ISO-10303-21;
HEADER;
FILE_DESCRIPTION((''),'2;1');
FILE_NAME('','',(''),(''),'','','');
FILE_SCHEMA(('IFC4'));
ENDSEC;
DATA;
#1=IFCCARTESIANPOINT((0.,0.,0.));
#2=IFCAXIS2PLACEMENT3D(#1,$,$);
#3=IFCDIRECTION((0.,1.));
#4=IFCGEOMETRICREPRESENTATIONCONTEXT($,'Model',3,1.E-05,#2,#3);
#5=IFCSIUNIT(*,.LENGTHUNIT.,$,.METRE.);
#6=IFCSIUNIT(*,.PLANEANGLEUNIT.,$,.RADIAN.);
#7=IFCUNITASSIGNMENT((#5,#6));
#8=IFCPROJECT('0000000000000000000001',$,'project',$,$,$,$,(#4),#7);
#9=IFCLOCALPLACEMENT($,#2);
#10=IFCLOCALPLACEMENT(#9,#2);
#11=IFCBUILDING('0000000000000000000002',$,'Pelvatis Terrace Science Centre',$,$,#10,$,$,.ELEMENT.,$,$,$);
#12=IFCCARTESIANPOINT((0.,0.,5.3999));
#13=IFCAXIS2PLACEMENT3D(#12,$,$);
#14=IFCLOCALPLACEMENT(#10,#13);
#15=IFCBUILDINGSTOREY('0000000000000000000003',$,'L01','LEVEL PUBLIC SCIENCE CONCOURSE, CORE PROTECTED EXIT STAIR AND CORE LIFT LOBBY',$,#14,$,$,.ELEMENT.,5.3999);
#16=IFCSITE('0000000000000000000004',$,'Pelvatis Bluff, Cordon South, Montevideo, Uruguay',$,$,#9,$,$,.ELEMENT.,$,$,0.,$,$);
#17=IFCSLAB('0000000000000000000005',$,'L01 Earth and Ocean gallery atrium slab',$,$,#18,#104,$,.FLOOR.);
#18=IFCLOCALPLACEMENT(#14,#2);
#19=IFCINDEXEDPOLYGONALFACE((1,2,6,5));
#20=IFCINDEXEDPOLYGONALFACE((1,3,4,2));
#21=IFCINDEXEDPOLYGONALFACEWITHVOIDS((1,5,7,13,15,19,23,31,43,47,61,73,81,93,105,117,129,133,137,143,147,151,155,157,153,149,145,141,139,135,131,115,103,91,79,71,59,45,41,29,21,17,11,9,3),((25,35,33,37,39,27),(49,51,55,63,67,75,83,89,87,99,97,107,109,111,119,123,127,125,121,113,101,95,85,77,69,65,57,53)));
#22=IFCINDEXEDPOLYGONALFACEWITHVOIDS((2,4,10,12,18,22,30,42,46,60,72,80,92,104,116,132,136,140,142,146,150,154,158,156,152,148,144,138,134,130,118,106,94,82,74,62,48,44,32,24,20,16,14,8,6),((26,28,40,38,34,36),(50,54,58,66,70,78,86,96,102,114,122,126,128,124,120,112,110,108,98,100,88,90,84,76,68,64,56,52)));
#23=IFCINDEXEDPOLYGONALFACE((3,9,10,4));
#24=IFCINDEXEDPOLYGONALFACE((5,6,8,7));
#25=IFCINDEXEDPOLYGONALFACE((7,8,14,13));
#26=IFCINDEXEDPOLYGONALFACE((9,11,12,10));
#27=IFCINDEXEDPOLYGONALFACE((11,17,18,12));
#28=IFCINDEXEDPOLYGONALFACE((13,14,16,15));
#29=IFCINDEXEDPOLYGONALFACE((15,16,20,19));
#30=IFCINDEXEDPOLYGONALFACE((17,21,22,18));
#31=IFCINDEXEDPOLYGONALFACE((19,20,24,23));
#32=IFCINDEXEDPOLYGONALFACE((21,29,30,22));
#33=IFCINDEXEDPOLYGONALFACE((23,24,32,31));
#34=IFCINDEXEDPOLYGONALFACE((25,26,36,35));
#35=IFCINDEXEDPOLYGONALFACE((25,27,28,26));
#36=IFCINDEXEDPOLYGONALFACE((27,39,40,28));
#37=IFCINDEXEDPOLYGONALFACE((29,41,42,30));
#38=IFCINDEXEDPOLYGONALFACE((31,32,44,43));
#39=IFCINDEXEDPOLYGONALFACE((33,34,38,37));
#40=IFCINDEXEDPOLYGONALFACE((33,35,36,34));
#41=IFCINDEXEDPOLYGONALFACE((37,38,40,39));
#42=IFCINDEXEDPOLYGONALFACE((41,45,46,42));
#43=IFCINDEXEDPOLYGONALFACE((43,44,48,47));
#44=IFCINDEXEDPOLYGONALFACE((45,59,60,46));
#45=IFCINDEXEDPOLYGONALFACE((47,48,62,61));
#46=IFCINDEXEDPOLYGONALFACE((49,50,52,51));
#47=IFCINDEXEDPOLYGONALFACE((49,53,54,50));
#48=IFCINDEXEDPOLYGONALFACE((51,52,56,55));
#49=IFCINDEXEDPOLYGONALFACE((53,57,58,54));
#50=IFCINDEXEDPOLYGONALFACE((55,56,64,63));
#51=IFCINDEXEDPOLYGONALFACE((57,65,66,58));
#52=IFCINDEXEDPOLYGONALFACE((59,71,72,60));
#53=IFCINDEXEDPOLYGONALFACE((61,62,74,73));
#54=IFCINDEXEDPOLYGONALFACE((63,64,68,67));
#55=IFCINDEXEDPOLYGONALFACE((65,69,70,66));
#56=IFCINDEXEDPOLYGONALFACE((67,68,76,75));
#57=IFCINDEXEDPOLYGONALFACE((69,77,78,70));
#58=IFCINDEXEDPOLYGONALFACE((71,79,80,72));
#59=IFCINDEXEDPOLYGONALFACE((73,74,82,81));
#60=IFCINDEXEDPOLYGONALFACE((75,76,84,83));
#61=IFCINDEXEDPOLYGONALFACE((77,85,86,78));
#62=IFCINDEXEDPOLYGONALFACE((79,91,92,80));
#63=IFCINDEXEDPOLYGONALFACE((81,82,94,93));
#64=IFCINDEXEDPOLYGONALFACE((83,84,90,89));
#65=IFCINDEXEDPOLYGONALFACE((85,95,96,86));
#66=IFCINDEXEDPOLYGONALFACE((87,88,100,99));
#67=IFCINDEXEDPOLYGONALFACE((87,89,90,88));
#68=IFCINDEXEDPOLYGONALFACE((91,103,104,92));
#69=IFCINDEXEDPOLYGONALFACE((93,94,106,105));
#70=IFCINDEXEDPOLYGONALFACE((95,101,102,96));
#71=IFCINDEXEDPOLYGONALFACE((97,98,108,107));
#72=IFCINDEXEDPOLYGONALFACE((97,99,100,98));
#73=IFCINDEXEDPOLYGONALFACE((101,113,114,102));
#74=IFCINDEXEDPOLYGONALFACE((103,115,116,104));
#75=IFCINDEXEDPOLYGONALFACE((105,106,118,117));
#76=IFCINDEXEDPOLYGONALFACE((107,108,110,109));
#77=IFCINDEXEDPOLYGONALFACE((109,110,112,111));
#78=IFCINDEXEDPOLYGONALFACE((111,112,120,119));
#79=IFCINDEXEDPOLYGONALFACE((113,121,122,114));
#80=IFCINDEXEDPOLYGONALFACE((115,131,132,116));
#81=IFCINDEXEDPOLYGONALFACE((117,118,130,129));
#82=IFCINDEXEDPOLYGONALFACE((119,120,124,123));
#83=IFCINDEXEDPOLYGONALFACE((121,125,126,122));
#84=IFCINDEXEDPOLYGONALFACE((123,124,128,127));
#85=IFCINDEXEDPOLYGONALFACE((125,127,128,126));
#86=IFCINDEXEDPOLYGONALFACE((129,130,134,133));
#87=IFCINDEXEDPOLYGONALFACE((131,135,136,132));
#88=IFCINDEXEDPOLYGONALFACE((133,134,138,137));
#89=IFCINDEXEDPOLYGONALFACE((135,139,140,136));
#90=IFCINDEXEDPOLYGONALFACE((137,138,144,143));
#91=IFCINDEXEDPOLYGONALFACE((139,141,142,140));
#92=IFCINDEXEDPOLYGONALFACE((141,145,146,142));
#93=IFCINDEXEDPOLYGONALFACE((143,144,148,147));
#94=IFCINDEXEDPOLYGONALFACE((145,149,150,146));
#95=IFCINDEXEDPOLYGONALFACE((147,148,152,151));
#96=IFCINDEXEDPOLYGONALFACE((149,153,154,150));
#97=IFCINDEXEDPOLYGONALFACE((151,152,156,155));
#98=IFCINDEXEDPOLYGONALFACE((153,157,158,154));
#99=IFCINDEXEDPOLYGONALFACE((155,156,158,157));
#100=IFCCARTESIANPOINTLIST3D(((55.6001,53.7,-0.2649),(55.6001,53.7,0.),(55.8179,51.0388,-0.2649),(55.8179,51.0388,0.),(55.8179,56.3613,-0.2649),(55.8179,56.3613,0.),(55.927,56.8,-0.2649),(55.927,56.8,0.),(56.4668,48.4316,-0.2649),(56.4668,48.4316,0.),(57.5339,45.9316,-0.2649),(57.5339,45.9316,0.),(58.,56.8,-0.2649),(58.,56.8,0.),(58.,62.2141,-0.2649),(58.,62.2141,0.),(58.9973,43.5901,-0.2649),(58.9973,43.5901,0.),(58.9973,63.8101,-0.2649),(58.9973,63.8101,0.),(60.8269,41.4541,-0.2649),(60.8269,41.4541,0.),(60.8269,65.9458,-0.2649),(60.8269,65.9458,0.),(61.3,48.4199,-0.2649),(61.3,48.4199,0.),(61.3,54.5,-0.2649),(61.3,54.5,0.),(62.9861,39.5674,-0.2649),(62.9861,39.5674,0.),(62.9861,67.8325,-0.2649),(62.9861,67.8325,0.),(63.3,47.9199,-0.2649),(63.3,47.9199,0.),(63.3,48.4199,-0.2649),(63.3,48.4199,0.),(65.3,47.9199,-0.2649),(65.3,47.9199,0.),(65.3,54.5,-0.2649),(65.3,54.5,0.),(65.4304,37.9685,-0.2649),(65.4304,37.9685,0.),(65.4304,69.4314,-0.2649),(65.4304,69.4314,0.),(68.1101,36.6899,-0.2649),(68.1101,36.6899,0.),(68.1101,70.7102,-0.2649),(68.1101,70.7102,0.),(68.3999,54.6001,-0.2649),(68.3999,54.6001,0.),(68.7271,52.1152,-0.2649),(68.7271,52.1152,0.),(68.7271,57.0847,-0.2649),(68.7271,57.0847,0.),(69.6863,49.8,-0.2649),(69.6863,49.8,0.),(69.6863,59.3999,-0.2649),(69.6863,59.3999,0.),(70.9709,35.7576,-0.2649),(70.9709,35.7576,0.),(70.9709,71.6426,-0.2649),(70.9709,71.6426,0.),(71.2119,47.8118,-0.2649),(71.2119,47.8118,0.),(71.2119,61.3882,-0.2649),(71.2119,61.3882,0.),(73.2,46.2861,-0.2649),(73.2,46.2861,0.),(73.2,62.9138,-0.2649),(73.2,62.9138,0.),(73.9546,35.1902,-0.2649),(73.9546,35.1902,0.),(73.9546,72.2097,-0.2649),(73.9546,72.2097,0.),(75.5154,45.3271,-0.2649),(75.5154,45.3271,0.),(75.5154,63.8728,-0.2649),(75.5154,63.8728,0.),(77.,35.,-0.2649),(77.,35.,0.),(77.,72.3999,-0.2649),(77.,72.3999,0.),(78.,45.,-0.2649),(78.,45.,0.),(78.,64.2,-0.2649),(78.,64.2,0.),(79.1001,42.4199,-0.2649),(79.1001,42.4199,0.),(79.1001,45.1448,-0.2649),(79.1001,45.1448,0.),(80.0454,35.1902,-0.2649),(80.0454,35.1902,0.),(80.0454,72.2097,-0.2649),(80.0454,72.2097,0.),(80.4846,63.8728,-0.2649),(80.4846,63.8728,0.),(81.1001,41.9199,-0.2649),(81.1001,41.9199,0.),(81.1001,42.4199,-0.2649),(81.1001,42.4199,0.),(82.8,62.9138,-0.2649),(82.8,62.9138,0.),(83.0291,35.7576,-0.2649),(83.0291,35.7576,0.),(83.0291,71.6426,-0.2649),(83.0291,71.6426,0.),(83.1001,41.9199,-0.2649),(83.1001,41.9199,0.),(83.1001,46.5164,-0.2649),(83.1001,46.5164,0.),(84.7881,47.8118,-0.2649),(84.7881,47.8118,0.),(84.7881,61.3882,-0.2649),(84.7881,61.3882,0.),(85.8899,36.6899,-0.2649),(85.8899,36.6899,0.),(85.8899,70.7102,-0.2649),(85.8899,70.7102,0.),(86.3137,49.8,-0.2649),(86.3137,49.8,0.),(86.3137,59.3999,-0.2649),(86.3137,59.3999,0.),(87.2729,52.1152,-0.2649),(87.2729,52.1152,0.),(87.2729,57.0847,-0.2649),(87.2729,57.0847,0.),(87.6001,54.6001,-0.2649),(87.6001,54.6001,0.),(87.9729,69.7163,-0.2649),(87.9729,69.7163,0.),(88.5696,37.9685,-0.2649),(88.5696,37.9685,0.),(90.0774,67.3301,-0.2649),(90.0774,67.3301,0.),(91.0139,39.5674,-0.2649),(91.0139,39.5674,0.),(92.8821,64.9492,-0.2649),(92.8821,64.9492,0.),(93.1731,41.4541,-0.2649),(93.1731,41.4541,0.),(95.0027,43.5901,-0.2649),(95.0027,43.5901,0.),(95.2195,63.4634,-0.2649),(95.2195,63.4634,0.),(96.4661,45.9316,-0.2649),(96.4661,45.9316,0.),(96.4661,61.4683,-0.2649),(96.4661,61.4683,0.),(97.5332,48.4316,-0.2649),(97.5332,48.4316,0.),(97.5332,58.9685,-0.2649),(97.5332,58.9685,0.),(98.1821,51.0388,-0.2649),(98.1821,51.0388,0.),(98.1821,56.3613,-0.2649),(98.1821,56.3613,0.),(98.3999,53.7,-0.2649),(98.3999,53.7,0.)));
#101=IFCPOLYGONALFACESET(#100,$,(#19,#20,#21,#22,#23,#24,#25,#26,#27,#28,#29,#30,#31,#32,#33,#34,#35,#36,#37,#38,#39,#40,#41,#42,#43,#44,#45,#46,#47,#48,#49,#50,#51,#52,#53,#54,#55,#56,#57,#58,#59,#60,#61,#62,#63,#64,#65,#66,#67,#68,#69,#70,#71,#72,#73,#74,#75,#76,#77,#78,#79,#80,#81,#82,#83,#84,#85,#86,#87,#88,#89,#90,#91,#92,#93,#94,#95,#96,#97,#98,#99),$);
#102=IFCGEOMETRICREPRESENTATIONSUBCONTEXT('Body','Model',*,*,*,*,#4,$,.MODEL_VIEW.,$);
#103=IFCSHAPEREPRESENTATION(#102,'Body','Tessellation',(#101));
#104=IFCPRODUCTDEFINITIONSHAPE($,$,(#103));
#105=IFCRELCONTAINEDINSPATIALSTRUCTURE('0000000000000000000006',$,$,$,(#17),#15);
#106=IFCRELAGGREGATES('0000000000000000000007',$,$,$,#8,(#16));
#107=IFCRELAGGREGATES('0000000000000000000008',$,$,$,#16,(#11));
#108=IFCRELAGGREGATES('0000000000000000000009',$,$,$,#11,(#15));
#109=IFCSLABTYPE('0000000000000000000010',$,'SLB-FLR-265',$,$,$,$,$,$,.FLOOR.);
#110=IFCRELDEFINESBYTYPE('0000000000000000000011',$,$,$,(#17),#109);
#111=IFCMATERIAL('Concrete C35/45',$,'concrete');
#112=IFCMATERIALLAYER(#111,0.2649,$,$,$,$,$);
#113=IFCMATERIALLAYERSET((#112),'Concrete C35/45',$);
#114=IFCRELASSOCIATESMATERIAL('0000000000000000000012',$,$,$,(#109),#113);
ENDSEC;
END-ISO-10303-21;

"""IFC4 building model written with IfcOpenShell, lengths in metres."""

from ifc_helpers import new_model, si_unit, direction, frame, origin, place, context, subcontext, project, spatial, polyline, outline, extrude, material, layer, layer_set, type_object, element, save


model = new_model("IFC4")

# Units and contexts
model_context = context("Model", 3, precision=1e-05, world=origin(), true_north=direction((0.0, 1.0)))
body_context = subcontext(model_context, "Body", "Model", "MODEL_VIEW")
ifc_project = project(units=[si_unit("LENGTHUNIT", "METRE"), si_unit("PLANEANGLEUNIT", "RADIAN")], contexts=[model_context])

# Site, building, storey
site_placement = place(None, origin())
site = spatial("IfcSite", under=ifc_project, at=site_placement, Name="Pelvatis Bluff, Cordon South, Montevideo, Uruguay", CompositionType="ELEMENT", RefElevation=0.0)
building_placement = place(site_placement, origin())
building = spatial("IfcBuilding", under=site, at=building_placement, Name="Pelvatis Terrace Science Centre", CompositionType="ELEMENT")
storey_placement = place(building_placement, frame((0.0, 0.0, 5.3999)))
storey = spatial("IfcBuildingStorey", under=building, at=storey_placement, Name="L01", Description="LEVEL PUBLIC SCIENCE CONCOURSE, CORE PROTECTED EXIT STAIR AND CORE LIFT LOBBY", CompositionType="ELEMENT", Elevation=5.3999)

# Slab
ifc_material_1 = material(Name="Concrete C35/45", Category="concrete")
ifc_layer_1 = layer(ifc_material_1, 0.2649)
ifc_layer_set_1 = layer_set([ifc_layer_1], Name="Concrete C35/45")
slab_type_1 = type_object("IfcSlabType", Name="SLB-FLR-265", PredefinedType="FLOOR", material=ifc_layer_set_1)
slab_1_placement = place(storey_placement, frame((0.0, 0.0, -0.2649)))
element("IfcSlab", 1, at=slab_1_placement, inside=storey, type_object=slab_type_1, Name="L01 Earth and Ocean gallery atrium slab", PredefinedType="FLOOR", context=body_context, shape_type="SweptSolid", body=[
    extrude(outline(polyline([(97.5332, 48.4316), (96.4661, 45.9316), (95.0027, 43.5901), (93.1731, 41.4541), (91.0139, 39.5674), (88.5696, 37.9685), (85.8899, 36.6899), (83.0291, 35.7576), (80.0454, 35.1902), (77.0, 35.0), (73.9546, 35.1902), (70.9709, 35.7576), (68.1101, 36.6899), (65.4304, 37.9685), (62.9861, 39.5674), (60.8269, 41.4541), (58.9973, 43.5901), (57.5339, 45.9316), (56.4668, 48.4316), (55.8179, 51.0388), (55.6001, 53.7), (55.8179, 56.3613), (55.927, 56.8), (58.0, 56.8), (58.0, 62.2141), (58.9973, 63.8101), (60.8269, 65.9458), (62.9861, 67.8325), (65.4304, 69.4314), (68.1101, 70.7102), (70.9709, 71.6426), (73.9546, 72.2097), (77.0, 72.3999), (80.0454, 72.2097), (83.0291, 71.6426), (85.8899, 70.7102), (87.9729, 69.7163), (90.0774, 67.3301), (92.8821, 64.9492), (95.2195, 63.4634), (96.4661, 61.4683), (97.5332, 58.9685), (98.1821, 56.3613), (98.3999, 53.7), (98.1821, 51.0388), (97.5332, 48.4316)]), holes=[polyline([(83.1001, 46.5164), (84.7881, 47.8118), (86.3137, 49.8), (87.2729, 52.1152), (87.6001, 54.6001), (87.2729, 57.0847), (86.3137, 59.3999), (84.7881, 61.3882), (82.8, 62.9138), (80.4846, 63.8728), (78.0, 64.2), (75.5154, 63.8728), (73.2, 62.9138), (71.2119, 61.3882), (69.6863, 59.3999), (68.7271, 57.0847), (68.3999, 54.6001), (68.7271, 52.1152), (69.6863, 49.8), (71.2119, 47.8118), (73.2, 46.2861), (75.5154, 45.3271), (78.0, 45.0), (79.1001, 45.1448), (79.1001, 42.4199), (81.1001, 42.4199), (81.1001, 41.9199), (83.1001, 41.9199), (83.1001, 46.5164)]), polyline([(61.3, 54.5), (61.3, 48.4199), (63.3, 48.4199), (63.3, 47.9199), (65.3, 47.9199), (65.3, 54.5), (61.3, 54.5)])]), origin(), (0.0, 0.0, 1.0), 0.2649),
])

save(model, "model.ifc")
